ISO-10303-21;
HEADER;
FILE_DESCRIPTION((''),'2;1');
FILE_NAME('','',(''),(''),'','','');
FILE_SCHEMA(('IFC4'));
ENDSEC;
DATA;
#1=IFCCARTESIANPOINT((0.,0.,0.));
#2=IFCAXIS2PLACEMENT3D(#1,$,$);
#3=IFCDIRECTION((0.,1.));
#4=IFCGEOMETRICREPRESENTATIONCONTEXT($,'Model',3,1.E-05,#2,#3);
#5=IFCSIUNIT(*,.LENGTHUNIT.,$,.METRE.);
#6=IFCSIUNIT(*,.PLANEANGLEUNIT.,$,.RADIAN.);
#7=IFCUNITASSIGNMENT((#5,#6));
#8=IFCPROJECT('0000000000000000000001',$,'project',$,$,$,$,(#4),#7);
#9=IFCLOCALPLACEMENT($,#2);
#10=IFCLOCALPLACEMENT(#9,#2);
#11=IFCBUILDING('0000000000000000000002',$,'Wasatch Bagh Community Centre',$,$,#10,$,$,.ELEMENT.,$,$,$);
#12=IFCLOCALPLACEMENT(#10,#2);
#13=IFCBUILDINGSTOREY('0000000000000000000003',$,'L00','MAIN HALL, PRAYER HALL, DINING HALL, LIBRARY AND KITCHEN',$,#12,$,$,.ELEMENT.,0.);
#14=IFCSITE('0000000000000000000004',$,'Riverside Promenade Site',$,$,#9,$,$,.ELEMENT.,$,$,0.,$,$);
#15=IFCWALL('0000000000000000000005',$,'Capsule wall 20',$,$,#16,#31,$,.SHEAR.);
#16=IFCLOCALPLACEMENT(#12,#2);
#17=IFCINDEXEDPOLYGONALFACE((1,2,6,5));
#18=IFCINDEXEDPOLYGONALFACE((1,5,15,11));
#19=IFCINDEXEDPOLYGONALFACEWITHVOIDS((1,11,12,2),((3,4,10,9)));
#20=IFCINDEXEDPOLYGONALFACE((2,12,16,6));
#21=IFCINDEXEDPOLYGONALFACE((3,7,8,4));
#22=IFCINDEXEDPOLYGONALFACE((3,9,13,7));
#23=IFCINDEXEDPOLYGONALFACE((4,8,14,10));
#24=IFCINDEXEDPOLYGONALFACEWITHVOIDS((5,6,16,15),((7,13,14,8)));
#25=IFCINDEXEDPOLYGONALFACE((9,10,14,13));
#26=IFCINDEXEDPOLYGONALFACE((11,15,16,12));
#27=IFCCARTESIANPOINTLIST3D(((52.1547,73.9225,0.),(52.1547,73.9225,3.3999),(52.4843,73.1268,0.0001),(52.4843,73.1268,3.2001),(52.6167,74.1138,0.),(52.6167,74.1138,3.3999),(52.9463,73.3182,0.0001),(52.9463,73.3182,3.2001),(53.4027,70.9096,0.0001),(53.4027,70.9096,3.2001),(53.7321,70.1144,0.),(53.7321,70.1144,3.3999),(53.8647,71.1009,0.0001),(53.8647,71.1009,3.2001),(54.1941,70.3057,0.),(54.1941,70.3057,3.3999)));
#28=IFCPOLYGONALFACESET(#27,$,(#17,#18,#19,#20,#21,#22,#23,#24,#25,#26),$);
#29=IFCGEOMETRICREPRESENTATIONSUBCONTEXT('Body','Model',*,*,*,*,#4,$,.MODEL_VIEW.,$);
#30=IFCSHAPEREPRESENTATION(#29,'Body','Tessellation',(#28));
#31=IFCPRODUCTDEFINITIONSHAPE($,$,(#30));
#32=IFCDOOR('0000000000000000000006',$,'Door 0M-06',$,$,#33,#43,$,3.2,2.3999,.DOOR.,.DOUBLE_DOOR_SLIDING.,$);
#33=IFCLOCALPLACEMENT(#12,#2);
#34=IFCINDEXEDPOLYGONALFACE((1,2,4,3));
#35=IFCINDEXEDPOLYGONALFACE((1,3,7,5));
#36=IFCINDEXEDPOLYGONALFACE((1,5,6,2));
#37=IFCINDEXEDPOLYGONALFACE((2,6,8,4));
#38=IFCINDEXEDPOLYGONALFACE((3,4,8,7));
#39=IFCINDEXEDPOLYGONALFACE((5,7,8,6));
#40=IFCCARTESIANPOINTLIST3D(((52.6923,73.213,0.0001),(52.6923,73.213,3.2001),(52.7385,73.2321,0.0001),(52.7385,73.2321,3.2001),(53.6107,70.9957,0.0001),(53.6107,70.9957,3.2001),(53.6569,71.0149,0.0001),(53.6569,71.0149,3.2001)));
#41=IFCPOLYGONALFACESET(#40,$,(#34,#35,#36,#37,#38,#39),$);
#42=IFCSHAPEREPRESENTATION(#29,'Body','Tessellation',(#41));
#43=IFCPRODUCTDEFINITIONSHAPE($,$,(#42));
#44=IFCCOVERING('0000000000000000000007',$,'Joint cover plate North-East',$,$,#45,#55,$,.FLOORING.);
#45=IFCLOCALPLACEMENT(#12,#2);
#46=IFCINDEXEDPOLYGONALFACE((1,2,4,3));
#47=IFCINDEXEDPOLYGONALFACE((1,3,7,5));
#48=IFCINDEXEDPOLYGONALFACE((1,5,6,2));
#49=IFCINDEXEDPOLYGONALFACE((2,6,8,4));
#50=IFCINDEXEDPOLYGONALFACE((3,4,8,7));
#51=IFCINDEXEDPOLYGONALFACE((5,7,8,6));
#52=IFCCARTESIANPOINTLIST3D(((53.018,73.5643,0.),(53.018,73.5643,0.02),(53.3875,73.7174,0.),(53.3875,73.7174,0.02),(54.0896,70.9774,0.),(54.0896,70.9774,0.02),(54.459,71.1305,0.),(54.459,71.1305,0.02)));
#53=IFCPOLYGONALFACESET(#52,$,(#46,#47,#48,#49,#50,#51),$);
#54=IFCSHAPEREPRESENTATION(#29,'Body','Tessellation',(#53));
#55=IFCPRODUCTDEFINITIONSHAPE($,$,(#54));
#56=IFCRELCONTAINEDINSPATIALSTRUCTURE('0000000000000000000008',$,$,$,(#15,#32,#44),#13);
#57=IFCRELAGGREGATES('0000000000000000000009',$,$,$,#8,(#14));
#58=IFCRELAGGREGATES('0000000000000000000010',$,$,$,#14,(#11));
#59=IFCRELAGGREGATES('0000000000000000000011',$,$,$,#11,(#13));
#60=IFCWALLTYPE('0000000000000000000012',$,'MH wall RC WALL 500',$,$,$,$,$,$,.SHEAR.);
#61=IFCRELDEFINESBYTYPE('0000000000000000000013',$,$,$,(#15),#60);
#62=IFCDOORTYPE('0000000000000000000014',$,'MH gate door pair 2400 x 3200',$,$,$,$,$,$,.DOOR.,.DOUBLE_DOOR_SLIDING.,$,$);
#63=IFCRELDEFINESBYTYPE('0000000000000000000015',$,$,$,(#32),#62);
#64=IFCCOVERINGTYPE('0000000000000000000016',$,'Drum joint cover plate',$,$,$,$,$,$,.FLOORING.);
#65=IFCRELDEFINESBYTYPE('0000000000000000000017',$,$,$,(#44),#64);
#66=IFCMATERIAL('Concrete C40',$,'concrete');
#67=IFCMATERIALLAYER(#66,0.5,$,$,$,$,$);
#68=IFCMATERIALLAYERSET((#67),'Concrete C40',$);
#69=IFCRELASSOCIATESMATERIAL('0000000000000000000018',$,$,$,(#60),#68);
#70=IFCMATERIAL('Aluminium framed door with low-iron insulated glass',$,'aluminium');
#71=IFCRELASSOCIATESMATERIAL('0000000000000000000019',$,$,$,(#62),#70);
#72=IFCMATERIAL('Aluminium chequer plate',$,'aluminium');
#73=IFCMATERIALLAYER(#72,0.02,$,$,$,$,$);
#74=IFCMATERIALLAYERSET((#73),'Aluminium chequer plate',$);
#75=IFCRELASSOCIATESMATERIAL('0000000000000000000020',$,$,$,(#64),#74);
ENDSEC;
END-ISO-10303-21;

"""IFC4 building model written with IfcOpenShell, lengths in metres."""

from ifc_helpers import new_model, si_unit, direction, frame, frame_2d, origin, origin_2d, place, context, subcontext, project, spatial, rectangle, extrude, material, layer, layer_set, type_object, element, fill, save


model = new_model("IFC4")

# Units and contexts
model_context = context("Model", 3, precision=1e-05, world=origin(), true_north=direction((0.0, 1.0)))
body_context = subcontext(model_context, "Body", "Model", "MODEL_VIEW")
ifc_project = project(units=[si_unit("LENGTHUNIT", "METRE"), si_unit("PLANEANGLEUNIT", "RADIAN")], contexts=[model_context])

# Site, building, storey
site_placement = place(None, origin())
site = spatial("IfcSite", under=ifc_project, at=site_placement, Name="Riverside Promenade Site", CompositionType="ELEMENT", RefElevation=0.0)
building_placement = place(site_placement, origin())
building = spatial("IfcBuilding", under=site, at=building_placement, Name="Wasatch Bagh Community Centre", CompositionType="ELEMENT")
storey_placement = place(building_placement, origin())
storey = spatial("IfcBuildingStorey", under=building, at=storey_placement, Name="L00", Description="MAIN HALL, PRAYER HALL, DINING HALL, LIBRARY AND KITCHEN", CompositionType="ELEMENT", Elevation=0.0)

# Shared definitions
ifc_material_1 = material(Name="Concrete C40", Category="concrete")

# Shared definitions
ifc_material_2 = material(Name="Aluminium framed door with low-iron insulated glass", Category="aluminium")

# Shared definitions
ifc_layer_1 = layer(ifc_material_1, 0.5)
ifc_layer_set_1 = layer_set([ifc_layer_1], Name="Concrete C40")
wall_type_1 = type_object("IfcWallType", Name="MH wall RC WALL 500", PredefinedType="SHEAR", material=ifc_layer_set_1)

# Wall, opening, door
wall_1_placement = place(storey_placement, frame((53.9631, 70.21, 0.0), z_axis=(0.0, 0.0, 1.0), x_axis=(-0.382688, 0.923878, 0.0)))
wall_1 = element("IfcWall", 1, at=wall_1_placement, inside=storey, type_object=wall_type_1, Name="Capsule wall 20", PredefinedType="SHEAR", context=body_context, shape_type="SweptSolid", body=[
    extrude(rectangle(XDim=4.1218, YDim=0.5, at=frame_2d((2.061, 0.0))), origin(), (0.0, 0.0, 1.0), 3.3999),
])
opening_1_placement = place(wall_1_placement, frame((0.8608, 0.0, 0.0)))
opening_1 = element("IfcOpeningElement", 2, at=opening_1_placement, cuts=wall_1, PredefinedType="OPENING", context=body_context, shape_type="SweptSolid", body=[
    extrude(rectangle(XDim=2.3999, YDim=3.2, at=frame_2d((1.2, 1.6001))), frame((0.0, 0.26, 0.0), z_axis=(0.0, -1.0, 0.0), x_axis=(1.0, 0.0, 0.0)), (0.0, 0.0, 1.0), 0.52),
])
door_type_1 = type_object("IfcDoorType", Name="MH gate door pair 2400 x 3200", OperationType="DOUBLE_DOOR_SLIDING", PredefinedType="DOOR", material=ifc_material_2)
door_1_placement = place(opening_1_placement, origin())
door_1 = element("IfcDoor", 3, at=door_1_placement, inside=storey, type_object=door_type_1, Name="Door 0M-06", OperationType="DOUBLE_DOOR_SLIDING", OverallHeight=3.2, OverallWidth=2.3999, PredefinedType="DOOR", context=body_context, shape_type="SweptSolid", body=[
    extrude(rectangle(XDim=2.3999, YDim=3.2, at=frame_2d((1.2, 1.6001))), frame((0.0, 0.0249, 0.0), z_axis=(0.0, -1.0, 0.0), x_axis=(1.0, 0.0, 0.0)), (0.0, 0.0, 1.0), 0.05),
])
fill(opening_1, door_1)

# Covering
ifc_material_3 = material(Name="Aluminium chequer plate", Category="aluminium")
ifc_layer_2 = layer(ifc_material_3, 0.02)
ifc_layer_set_2 = layer_set([ifc_layer_2], Name="Aluminium chequer plate")
covering_type = type_object("IfcCoveringType", Name="Drum joint cover plate", PredefinedType="FLOORING", material=ifc_layer_set_2)
covering_placement = place(storey_placement, frame((53.7385, 72.3474, 0.0), z_axis=(0.0, 0.0, 1.0), x_axis=(0.92388, 0.382683, 0.0)))
element("IfcCovering", 4, at=covering_placement, inside=storey, type_object=covering_type, Name="Joint cover plate North-East", PredefinedType="FLOORING", context=body_context, shape_type="SweptSolid", body=[
    extrude(rectangle(XDim=0.3999, YDim=2.8, at=origin_2d()), origin(), (0.0, 0.0, 1.0), 0.02),
])

save(model, "model.ifc")
